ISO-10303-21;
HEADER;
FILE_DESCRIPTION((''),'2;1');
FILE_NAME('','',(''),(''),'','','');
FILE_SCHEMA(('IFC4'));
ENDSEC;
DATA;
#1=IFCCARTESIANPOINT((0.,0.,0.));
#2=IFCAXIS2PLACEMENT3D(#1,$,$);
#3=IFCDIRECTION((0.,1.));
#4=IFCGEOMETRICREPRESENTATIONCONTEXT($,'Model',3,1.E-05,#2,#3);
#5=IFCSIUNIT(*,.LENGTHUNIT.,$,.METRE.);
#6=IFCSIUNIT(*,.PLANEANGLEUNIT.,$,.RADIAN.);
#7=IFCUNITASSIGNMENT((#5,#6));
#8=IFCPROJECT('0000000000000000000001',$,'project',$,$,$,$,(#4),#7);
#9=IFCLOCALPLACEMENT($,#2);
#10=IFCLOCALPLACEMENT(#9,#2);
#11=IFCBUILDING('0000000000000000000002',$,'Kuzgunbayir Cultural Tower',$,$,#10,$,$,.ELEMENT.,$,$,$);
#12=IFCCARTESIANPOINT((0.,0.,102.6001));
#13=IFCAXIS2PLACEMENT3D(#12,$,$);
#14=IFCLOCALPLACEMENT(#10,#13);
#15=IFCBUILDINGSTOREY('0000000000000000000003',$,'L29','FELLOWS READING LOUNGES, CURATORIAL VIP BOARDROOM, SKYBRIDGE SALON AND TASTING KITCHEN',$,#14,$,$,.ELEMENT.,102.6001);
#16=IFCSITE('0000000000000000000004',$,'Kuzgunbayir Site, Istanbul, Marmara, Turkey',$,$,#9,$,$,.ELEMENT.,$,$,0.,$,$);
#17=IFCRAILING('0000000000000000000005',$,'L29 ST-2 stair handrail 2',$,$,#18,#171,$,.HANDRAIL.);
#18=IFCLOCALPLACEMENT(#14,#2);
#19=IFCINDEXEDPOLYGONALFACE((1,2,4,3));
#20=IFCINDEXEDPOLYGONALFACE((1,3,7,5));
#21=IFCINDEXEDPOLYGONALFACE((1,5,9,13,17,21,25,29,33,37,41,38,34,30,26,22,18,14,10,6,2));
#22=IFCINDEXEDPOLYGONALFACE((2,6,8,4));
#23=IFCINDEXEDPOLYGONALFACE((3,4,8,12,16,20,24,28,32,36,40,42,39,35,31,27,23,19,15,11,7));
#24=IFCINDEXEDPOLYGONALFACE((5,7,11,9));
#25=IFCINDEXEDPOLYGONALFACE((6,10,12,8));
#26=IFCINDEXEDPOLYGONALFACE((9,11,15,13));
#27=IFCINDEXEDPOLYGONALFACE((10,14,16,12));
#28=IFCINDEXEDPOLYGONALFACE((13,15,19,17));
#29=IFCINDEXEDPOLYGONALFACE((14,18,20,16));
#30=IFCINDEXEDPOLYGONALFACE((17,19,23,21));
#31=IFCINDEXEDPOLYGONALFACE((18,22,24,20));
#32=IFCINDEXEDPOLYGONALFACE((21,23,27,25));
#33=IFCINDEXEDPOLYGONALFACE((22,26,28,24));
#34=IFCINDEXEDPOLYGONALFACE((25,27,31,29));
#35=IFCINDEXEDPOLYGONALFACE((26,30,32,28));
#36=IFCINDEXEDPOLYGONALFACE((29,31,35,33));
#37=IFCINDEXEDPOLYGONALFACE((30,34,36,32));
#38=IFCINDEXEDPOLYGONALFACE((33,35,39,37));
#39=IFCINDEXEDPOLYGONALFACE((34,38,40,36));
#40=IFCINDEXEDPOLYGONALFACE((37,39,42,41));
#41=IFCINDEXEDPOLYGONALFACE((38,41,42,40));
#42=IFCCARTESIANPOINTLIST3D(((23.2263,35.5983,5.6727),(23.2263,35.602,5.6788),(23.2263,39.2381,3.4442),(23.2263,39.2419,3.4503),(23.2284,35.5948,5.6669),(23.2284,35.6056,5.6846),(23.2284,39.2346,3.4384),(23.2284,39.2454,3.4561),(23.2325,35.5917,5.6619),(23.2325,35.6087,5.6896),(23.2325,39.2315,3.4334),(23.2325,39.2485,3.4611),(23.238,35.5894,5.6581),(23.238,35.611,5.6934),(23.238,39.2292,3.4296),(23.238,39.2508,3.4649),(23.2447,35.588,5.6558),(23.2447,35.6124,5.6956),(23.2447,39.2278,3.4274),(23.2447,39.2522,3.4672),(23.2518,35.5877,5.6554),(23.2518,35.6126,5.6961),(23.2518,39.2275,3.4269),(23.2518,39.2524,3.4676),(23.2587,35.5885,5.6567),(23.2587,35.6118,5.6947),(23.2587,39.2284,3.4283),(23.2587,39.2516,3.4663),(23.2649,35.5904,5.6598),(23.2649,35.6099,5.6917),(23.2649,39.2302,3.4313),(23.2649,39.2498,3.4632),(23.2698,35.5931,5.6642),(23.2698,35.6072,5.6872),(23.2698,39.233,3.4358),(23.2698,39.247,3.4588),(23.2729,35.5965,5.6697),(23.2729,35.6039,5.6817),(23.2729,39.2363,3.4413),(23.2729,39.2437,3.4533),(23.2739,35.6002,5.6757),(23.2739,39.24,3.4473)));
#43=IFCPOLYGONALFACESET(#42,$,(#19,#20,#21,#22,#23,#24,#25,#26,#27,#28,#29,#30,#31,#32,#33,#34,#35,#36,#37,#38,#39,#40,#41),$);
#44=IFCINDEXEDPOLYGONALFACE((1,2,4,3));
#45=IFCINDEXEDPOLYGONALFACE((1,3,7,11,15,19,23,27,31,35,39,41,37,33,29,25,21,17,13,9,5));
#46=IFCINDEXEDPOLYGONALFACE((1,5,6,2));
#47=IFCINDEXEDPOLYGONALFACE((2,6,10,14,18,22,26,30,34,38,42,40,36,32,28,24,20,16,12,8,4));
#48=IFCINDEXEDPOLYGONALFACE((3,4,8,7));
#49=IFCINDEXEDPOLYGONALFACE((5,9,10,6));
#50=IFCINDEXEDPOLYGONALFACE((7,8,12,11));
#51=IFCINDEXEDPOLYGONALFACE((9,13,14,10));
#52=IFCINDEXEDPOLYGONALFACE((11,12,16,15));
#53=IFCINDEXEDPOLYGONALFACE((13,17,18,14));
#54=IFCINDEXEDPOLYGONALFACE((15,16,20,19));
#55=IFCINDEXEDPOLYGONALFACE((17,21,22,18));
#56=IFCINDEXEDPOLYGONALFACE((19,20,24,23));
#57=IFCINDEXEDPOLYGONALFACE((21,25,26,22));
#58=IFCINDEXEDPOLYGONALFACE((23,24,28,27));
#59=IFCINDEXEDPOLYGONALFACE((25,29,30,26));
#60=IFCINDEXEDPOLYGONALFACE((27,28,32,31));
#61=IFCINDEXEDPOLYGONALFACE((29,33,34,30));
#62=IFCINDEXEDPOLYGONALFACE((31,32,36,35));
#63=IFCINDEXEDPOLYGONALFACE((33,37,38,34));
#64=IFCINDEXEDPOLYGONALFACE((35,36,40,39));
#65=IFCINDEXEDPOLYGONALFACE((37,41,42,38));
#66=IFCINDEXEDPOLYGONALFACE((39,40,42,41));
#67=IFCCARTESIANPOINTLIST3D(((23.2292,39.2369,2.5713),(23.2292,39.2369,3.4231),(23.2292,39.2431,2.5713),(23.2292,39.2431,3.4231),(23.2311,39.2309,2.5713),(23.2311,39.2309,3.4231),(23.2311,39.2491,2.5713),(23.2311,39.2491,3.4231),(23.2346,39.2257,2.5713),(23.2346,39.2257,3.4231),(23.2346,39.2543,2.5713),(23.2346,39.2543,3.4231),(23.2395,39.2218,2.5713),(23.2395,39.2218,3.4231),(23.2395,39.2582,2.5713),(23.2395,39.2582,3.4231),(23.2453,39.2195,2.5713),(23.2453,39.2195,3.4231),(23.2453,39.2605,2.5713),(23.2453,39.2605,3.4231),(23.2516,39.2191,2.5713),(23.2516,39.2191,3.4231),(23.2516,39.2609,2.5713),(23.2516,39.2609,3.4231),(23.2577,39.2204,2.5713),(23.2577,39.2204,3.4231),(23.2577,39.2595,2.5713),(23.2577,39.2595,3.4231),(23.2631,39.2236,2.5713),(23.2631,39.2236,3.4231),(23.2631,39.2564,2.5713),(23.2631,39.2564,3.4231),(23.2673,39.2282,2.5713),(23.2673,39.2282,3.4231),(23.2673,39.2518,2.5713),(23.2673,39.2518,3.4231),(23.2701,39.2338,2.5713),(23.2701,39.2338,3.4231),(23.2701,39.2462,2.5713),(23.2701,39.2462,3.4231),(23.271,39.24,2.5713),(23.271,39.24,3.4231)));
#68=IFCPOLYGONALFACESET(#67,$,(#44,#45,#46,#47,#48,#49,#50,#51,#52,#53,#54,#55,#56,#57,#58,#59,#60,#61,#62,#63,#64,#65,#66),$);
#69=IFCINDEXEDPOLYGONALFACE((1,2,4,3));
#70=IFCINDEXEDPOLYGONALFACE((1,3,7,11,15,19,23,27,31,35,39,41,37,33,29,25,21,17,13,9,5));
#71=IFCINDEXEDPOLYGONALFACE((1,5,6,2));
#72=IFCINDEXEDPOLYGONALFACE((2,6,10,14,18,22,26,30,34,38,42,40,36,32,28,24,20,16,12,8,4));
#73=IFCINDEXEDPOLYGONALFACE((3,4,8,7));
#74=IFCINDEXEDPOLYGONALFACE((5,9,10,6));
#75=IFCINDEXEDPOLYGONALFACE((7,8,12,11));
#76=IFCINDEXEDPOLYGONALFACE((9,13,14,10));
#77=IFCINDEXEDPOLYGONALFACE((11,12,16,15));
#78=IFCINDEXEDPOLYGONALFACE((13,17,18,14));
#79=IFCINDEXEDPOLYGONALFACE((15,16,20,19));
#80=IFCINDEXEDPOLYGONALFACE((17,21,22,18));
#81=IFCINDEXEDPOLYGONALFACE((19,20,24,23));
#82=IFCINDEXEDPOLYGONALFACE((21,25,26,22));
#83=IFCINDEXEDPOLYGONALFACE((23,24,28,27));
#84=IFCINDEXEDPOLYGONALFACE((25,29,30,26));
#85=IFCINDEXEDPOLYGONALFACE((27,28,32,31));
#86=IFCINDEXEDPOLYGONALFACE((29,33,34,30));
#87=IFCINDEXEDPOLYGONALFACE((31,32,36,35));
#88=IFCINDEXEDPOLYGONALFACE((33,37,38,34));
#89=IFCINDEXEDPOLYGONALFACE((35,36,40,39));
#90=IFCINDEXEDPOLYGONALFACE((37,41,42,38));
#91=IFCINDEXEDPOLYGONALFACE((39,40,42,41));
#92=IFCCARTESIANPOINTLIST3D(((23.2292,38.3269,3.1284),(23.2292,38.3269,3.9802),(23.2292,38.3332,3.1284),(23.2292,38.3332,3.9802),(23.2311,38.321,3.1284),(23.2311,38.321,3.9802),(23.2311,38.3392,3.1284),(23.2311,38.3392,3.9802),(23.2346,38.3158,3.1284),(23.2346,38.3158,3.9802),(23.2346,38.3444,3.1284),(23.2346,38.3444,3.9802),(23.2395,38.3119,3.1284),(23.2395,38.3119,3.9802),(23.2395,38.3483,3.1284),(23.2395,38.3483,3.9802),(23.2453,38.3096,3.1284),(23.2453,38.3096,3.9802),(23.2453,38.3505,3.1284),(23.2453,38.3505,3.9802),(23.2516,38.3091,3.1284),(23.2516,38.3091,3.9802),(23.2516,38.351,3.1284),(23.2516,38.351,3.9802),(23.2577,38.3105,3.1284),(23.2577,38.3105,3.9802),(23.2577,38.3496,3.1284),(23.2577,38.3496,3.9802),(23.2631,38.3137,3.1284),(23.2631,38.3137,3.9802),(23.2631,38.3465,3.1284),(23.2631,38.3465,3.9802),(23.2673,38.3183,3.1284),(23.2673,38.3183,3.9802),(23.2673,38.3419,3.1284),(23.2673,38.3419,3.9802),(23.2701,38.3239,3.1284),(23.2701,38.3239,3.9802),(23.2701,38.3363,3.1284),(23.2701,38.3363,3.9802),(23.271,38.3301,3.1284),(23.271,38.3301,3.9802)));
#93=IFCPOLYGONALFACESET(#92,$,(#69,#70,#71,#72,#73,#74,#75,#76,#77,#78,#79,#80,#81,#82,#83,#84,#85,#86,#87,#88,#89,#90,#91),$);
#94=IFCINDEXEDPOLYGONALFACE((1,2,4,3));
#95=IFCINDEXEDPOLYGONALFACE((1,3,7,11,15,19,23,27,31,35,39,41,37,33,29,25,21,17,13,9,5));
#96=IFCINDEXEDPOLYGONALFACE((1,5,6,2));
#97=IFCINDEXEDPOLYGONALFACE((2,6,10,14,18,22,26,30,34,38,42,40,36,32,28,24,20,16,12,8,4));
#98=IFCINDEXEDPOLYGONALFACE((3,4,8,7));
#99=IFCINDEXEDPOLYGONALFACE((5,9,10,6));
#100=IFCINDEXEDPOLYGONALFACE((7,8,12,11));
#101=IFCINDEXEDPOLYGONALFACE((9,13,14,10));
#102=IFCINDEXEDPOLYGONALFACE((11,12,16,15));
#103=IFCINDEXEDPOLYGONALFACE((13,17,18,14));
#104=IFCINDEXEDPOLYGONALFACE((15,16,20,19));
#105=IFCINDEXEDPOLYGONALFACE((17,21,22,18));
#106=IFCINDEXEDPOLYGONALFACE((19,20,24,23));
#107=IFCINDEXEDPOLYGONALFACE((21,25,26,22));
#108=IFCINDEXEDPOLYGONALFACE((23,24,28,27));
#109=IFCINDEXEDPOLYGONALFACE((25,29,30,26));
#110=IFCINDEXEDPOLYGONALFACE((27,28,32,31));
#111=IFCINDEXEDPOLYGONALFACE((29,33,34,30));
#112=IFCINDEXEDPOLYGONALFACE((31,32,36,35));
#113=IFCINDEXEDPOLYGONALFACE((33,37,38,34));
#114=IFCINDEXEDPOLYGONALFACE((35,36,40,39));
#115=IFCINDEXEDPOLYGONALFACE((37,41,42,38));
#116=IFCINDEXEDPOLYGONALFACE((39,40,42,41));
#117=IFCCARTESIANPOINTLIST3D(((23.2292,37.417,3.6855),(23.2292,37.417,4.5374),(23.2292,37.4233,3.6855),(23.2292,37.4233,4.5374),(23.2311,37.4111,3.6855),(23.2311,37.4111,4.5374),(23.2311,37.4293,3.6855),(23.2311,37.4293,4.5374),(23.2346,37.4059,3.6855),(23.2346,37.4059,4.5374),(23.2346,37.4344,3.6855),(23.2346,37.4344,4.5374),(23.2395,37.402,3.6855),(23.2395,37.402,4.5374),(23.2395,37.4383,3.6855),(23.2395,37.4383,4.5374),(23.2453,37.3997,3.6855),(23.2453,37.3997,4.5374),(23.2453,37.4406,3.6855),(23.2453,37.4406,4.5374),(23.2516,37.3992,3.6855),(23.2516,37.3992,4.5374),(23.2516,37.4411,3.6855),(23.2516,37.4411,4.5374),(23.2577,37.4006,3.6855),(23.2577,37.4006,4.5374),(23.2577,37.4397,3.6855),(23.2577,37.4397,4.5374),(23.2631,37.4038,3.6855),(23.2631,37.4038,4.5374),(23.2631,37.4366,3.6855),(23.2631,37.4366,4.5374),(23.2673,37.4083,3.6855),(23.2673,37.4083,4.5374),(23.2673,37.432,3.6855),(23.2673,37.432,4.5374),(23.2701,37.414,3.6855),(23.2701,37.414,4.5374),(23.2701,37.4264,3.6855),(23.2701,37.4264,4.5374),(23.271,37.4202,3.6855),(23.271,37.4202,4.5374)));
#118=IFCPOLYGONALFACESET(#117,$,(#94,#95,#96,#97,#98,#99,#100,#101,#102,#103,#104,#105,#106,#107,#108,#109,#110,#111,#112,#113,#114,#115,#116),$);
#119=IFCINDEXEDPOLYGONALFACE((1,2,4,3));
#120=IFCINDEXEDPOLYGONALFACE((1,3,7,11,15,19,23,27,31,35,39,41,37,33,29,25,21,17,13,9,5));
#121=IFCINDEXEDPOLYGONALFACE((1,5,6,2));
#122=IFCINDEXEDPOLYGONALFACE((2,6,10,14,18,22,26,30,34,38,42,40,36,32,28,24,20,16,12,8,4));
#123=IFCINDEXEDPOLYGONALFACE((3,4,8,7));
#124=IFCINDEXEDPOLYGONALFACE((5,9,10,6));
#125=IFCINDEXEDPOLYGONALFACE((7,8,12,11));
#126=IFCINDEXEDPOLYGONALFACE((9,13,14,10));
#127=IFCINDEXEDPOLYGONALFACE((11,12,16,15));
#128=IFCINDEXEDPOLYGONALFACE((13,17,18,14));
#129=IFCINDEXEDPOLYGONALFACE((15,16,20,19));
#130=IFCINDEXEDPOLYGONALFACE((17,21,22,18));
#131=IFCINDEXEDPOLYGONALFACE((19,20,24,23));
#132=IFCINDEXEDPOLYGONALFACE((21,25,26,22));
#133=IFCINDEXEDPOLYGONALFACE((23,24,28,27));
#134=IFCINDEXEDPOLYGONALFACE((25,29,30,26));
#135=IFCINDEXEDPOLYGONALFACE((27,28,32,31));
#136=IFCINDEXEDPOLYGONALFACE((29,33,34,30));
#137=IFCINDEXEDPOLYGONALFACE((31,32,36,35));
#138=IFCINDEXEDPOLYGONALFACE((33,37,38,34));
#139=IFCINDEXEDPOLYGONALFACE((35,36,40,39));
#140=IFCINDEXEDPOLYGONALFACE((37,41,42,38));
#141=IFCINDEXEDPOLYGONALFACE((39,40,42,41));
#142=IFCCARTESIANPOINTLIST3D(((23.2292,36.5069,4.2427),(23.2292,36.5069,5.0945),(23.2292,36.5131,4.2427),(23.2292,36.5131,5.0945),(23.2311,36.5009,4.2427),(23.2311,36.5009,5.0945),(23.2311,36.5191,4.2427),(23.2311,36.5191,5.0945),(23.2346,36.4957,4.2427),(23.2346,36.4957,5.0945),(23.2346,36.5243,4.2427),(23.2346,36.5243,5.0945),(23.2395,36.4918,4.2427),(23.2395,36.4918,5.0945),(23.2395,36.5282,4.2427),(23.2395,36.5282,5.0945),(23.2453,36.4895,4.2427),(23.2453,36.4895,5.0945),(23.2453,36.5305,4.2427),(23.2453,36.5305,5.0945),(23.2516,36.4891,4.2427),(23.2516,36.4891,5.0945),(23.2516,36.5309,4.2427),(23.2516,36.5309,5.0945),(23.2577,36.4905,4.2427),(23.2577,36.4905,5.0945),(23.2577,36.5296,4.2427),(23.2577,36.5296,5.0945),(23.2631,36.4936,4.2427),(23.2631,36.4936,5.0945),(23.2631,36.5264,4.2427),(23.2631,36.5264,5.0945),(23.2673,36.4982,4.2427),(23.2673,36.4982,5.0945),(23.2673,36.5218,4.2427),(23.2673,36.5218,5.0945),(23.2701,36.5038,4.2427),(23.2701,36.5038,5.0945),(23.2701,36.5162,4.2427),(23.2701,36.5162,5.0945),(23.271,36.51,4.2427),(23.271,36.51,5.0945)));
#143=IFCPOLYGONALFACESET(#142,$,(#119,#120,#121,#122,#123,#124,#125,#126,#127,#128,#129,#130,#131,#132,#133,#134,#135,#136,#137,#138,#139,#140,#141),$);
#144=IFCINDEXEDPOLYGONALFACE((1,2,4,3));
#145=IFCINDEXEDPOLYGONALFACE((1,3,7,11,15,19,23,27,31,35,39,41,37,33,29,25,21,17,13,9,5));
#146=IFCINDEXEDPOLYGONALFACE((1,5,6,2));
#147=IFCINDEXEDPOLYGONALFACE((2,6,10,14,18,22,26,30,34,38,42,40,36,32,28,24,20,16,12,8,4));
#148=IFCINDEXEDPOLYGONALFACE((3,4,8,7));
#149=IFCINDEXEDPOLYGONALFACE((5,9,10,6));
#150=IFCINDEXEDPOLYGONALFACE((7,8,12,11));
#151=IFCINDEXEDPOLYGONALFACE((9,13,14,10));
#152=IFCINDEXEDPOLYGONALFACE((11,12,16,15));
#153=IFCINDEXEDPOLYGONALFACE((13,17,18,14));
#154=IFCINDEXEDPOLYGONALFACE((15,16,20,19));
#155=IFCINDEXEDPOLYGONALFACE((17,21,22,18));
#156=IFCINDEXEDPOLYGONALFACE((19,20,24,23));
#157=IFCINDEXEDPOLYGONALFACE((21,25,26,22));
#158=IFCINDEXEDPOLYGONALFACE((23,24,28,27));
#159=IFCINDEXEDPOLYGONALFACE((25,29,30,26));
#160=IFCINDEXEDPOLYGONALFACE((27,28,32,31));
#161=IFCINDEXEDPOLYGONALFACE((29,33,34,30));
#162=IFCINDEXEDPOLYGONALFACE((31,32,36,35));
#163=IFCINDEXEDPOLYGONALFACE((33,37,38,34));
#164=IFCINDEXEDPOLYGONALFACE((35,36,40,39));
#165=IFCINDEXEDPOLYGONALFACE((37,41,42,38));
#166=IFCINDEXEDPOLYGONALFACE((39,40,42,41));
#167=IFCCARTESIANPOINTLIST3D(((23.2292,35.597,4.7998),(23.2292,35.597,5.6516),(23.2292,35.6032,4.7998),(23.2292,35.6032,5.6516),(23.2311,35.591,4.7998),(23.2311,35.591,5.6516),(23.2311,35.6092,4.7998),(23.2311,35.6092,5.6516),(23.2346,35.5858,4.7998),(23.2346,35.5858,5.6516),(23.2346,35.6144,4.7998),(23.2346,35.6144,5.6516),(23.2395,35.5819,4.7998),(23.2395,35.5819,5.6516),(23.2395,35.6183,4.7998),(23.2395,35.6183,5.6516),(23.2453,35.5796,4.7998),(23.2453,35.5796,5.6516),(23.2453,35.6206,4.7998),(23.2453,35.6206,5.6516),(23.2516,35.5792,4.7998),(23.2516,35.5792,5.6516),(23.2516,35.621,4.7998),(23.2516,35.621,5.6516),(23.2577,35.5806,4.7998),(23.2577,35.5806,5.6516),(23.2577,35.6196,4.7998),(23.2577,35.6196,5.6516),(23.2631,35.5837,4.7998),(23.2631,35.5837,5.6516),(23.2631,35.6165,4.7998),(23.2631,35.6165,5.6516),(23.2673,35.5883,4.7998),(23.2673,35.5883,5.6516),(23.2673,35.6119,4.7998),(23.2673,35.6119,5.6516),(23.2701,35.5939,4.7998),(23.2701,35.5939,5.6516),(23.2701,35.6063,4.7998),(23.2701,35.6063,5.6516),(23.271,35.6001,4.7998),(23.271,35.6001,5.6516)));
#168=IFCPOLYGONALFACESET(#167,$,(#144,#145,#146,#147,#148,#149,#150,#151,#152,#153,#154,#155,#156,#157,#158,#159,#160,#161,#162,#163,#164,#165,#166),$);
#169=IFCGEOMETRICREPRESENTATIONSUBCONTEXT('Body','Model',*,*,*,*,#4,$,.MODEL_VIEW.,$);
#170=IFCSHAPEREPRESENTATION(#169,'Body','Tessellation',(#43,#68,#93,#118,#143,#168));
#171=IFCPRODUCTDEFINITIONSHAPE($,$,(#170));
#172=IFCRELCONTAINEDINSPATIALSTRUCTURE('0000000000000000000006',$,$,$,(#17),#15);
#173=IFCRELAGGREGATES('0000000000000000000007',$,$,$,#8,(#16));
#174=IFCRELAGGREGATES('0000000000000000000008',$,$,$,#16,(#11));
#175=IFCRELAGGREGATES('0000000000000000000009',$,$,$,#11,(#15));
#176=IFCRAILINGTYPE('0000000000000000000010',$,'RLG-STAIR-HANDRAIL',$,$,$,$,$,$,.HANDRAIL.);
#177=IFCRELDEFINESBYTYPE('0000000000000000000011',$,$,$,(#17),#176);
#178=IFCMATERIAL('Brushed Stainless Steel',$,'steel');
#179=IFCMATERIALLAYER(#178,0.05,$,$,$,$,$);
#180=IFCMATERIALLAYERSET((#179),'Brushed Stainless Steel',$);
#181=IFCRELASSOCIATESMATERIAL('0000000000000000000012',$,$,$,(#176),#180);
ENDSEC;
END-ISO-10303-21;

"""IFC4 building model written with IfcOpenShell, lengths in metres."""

from ifc_helpers import new_model, si_unit, direction, frame, origin, origin_2d, place, context, subcontext, project, spatial, circle, extrude, material, layer, layer_set, type_object, element, save


model = new_model("IFC4")

# Units and contexts
model_context = context("Model", 3, precision=1e-05, world=origin(), true_north=direction((0.0, 1.0)))
body_context = subcontext(model_context, "Body", "Model", "MODEL_VIEW")
ifc_project = project(units=[si_unit("LENGTHUNIT", "METRE"), si_unit("PLANEANGLEUNIT", "RADIAN")], contexts=[model_context])

# Site, building, storey
site_placement = place(None, origin())
site = spatial("IfcSite", under=ifc_project, at=site_placement, Name="Kuzgunbayir Site, Istanbul, Marmara, Turkey", CompositionType="ELEMENT", RefElevation=0.0)
building_placement = place(site_placement, origin())
building = spatial("IfcBuilding", under=site, at=building_placement, Name="Kuzgunbayir Cultural Tower", CompositionType="ELEMENT")
storey_placement = place(building_placement, frame((0.0, 0.0, 102.6001)))
storey = spatial("IfcBuildingStorey", under=building, at=storey_placement, Name="L29", Description="FELLOWS READING LOUNGES, CURATORIAL VIP BOARDROOM, SKYBRIDGE SALON AND TASTING KITCHEN", CompositionType="ELEMENT", Elevation=102.6001)

# Shared definitions
ifc_material_1 = material(Name="Brushed Stainless Steel", Category="steel")

# Railing
ifc_layer_1 = layer(ifc_material_1, 0.05)
ifc_layer_set_1 = layer_set([ifc_layer_1], Name="Brushed Stainless Steel")
railing_type = type_object("IfcRailingType", Name="RLG-STAIR-HANDRAIL", PredefinedType="HANDRAIL", material=ifc_layer_set_1)
railing_placement = place(storey_placement, frame((23.25, 39.24, 2.5713)))
element("IfcRailing", 1, at=railing_placement, inside=storey, type_object=railing_type, Name="L29 ST-2 stair handrail 2", PredefinedType="HANDRAIL", context=body_context, shape_type="SweptSolid", body=[
    extrude(circle(Radius=0.0239, at=origin_2d()), frame((0.0, 0.0, 0.876), z_axis=(0.0, -0.85285, 0.522156), x_axis=(1.0, 0.0, 0.0)), (0.0, 0.0, 1.0), 4.2678),
    extrude(circle(Radius=0.021, at=origin_2d()), origin(), (0.0, 0.0, 1.0), 0.8518),
    extrude(circle(Radius=0.021, at=origin_2d()), frame((0.0, -0.9099, 0.5571)), (0.0, 0.0, 1.0), 0.8518),
    extrude(circle(Radius=0.021, at=origin_2d()), frame((0.0, -1.8198, 1.1143)), (0.0, 0.0, 1.0), 0.8518),
    extrude(circle(Radius=0.021, at=origin_2d()), frame((0.0, -2.73, 1.6714)), (0.0, 0.0, 1.0), 0.8518),
    extrude(circle(Radius=0.021, at=origin_2d()), frame((0.0, -3.6399, 2.2285)), (0.0, 0.0, 1.0), 0.8518),
])

save(model, "model.ifc")
